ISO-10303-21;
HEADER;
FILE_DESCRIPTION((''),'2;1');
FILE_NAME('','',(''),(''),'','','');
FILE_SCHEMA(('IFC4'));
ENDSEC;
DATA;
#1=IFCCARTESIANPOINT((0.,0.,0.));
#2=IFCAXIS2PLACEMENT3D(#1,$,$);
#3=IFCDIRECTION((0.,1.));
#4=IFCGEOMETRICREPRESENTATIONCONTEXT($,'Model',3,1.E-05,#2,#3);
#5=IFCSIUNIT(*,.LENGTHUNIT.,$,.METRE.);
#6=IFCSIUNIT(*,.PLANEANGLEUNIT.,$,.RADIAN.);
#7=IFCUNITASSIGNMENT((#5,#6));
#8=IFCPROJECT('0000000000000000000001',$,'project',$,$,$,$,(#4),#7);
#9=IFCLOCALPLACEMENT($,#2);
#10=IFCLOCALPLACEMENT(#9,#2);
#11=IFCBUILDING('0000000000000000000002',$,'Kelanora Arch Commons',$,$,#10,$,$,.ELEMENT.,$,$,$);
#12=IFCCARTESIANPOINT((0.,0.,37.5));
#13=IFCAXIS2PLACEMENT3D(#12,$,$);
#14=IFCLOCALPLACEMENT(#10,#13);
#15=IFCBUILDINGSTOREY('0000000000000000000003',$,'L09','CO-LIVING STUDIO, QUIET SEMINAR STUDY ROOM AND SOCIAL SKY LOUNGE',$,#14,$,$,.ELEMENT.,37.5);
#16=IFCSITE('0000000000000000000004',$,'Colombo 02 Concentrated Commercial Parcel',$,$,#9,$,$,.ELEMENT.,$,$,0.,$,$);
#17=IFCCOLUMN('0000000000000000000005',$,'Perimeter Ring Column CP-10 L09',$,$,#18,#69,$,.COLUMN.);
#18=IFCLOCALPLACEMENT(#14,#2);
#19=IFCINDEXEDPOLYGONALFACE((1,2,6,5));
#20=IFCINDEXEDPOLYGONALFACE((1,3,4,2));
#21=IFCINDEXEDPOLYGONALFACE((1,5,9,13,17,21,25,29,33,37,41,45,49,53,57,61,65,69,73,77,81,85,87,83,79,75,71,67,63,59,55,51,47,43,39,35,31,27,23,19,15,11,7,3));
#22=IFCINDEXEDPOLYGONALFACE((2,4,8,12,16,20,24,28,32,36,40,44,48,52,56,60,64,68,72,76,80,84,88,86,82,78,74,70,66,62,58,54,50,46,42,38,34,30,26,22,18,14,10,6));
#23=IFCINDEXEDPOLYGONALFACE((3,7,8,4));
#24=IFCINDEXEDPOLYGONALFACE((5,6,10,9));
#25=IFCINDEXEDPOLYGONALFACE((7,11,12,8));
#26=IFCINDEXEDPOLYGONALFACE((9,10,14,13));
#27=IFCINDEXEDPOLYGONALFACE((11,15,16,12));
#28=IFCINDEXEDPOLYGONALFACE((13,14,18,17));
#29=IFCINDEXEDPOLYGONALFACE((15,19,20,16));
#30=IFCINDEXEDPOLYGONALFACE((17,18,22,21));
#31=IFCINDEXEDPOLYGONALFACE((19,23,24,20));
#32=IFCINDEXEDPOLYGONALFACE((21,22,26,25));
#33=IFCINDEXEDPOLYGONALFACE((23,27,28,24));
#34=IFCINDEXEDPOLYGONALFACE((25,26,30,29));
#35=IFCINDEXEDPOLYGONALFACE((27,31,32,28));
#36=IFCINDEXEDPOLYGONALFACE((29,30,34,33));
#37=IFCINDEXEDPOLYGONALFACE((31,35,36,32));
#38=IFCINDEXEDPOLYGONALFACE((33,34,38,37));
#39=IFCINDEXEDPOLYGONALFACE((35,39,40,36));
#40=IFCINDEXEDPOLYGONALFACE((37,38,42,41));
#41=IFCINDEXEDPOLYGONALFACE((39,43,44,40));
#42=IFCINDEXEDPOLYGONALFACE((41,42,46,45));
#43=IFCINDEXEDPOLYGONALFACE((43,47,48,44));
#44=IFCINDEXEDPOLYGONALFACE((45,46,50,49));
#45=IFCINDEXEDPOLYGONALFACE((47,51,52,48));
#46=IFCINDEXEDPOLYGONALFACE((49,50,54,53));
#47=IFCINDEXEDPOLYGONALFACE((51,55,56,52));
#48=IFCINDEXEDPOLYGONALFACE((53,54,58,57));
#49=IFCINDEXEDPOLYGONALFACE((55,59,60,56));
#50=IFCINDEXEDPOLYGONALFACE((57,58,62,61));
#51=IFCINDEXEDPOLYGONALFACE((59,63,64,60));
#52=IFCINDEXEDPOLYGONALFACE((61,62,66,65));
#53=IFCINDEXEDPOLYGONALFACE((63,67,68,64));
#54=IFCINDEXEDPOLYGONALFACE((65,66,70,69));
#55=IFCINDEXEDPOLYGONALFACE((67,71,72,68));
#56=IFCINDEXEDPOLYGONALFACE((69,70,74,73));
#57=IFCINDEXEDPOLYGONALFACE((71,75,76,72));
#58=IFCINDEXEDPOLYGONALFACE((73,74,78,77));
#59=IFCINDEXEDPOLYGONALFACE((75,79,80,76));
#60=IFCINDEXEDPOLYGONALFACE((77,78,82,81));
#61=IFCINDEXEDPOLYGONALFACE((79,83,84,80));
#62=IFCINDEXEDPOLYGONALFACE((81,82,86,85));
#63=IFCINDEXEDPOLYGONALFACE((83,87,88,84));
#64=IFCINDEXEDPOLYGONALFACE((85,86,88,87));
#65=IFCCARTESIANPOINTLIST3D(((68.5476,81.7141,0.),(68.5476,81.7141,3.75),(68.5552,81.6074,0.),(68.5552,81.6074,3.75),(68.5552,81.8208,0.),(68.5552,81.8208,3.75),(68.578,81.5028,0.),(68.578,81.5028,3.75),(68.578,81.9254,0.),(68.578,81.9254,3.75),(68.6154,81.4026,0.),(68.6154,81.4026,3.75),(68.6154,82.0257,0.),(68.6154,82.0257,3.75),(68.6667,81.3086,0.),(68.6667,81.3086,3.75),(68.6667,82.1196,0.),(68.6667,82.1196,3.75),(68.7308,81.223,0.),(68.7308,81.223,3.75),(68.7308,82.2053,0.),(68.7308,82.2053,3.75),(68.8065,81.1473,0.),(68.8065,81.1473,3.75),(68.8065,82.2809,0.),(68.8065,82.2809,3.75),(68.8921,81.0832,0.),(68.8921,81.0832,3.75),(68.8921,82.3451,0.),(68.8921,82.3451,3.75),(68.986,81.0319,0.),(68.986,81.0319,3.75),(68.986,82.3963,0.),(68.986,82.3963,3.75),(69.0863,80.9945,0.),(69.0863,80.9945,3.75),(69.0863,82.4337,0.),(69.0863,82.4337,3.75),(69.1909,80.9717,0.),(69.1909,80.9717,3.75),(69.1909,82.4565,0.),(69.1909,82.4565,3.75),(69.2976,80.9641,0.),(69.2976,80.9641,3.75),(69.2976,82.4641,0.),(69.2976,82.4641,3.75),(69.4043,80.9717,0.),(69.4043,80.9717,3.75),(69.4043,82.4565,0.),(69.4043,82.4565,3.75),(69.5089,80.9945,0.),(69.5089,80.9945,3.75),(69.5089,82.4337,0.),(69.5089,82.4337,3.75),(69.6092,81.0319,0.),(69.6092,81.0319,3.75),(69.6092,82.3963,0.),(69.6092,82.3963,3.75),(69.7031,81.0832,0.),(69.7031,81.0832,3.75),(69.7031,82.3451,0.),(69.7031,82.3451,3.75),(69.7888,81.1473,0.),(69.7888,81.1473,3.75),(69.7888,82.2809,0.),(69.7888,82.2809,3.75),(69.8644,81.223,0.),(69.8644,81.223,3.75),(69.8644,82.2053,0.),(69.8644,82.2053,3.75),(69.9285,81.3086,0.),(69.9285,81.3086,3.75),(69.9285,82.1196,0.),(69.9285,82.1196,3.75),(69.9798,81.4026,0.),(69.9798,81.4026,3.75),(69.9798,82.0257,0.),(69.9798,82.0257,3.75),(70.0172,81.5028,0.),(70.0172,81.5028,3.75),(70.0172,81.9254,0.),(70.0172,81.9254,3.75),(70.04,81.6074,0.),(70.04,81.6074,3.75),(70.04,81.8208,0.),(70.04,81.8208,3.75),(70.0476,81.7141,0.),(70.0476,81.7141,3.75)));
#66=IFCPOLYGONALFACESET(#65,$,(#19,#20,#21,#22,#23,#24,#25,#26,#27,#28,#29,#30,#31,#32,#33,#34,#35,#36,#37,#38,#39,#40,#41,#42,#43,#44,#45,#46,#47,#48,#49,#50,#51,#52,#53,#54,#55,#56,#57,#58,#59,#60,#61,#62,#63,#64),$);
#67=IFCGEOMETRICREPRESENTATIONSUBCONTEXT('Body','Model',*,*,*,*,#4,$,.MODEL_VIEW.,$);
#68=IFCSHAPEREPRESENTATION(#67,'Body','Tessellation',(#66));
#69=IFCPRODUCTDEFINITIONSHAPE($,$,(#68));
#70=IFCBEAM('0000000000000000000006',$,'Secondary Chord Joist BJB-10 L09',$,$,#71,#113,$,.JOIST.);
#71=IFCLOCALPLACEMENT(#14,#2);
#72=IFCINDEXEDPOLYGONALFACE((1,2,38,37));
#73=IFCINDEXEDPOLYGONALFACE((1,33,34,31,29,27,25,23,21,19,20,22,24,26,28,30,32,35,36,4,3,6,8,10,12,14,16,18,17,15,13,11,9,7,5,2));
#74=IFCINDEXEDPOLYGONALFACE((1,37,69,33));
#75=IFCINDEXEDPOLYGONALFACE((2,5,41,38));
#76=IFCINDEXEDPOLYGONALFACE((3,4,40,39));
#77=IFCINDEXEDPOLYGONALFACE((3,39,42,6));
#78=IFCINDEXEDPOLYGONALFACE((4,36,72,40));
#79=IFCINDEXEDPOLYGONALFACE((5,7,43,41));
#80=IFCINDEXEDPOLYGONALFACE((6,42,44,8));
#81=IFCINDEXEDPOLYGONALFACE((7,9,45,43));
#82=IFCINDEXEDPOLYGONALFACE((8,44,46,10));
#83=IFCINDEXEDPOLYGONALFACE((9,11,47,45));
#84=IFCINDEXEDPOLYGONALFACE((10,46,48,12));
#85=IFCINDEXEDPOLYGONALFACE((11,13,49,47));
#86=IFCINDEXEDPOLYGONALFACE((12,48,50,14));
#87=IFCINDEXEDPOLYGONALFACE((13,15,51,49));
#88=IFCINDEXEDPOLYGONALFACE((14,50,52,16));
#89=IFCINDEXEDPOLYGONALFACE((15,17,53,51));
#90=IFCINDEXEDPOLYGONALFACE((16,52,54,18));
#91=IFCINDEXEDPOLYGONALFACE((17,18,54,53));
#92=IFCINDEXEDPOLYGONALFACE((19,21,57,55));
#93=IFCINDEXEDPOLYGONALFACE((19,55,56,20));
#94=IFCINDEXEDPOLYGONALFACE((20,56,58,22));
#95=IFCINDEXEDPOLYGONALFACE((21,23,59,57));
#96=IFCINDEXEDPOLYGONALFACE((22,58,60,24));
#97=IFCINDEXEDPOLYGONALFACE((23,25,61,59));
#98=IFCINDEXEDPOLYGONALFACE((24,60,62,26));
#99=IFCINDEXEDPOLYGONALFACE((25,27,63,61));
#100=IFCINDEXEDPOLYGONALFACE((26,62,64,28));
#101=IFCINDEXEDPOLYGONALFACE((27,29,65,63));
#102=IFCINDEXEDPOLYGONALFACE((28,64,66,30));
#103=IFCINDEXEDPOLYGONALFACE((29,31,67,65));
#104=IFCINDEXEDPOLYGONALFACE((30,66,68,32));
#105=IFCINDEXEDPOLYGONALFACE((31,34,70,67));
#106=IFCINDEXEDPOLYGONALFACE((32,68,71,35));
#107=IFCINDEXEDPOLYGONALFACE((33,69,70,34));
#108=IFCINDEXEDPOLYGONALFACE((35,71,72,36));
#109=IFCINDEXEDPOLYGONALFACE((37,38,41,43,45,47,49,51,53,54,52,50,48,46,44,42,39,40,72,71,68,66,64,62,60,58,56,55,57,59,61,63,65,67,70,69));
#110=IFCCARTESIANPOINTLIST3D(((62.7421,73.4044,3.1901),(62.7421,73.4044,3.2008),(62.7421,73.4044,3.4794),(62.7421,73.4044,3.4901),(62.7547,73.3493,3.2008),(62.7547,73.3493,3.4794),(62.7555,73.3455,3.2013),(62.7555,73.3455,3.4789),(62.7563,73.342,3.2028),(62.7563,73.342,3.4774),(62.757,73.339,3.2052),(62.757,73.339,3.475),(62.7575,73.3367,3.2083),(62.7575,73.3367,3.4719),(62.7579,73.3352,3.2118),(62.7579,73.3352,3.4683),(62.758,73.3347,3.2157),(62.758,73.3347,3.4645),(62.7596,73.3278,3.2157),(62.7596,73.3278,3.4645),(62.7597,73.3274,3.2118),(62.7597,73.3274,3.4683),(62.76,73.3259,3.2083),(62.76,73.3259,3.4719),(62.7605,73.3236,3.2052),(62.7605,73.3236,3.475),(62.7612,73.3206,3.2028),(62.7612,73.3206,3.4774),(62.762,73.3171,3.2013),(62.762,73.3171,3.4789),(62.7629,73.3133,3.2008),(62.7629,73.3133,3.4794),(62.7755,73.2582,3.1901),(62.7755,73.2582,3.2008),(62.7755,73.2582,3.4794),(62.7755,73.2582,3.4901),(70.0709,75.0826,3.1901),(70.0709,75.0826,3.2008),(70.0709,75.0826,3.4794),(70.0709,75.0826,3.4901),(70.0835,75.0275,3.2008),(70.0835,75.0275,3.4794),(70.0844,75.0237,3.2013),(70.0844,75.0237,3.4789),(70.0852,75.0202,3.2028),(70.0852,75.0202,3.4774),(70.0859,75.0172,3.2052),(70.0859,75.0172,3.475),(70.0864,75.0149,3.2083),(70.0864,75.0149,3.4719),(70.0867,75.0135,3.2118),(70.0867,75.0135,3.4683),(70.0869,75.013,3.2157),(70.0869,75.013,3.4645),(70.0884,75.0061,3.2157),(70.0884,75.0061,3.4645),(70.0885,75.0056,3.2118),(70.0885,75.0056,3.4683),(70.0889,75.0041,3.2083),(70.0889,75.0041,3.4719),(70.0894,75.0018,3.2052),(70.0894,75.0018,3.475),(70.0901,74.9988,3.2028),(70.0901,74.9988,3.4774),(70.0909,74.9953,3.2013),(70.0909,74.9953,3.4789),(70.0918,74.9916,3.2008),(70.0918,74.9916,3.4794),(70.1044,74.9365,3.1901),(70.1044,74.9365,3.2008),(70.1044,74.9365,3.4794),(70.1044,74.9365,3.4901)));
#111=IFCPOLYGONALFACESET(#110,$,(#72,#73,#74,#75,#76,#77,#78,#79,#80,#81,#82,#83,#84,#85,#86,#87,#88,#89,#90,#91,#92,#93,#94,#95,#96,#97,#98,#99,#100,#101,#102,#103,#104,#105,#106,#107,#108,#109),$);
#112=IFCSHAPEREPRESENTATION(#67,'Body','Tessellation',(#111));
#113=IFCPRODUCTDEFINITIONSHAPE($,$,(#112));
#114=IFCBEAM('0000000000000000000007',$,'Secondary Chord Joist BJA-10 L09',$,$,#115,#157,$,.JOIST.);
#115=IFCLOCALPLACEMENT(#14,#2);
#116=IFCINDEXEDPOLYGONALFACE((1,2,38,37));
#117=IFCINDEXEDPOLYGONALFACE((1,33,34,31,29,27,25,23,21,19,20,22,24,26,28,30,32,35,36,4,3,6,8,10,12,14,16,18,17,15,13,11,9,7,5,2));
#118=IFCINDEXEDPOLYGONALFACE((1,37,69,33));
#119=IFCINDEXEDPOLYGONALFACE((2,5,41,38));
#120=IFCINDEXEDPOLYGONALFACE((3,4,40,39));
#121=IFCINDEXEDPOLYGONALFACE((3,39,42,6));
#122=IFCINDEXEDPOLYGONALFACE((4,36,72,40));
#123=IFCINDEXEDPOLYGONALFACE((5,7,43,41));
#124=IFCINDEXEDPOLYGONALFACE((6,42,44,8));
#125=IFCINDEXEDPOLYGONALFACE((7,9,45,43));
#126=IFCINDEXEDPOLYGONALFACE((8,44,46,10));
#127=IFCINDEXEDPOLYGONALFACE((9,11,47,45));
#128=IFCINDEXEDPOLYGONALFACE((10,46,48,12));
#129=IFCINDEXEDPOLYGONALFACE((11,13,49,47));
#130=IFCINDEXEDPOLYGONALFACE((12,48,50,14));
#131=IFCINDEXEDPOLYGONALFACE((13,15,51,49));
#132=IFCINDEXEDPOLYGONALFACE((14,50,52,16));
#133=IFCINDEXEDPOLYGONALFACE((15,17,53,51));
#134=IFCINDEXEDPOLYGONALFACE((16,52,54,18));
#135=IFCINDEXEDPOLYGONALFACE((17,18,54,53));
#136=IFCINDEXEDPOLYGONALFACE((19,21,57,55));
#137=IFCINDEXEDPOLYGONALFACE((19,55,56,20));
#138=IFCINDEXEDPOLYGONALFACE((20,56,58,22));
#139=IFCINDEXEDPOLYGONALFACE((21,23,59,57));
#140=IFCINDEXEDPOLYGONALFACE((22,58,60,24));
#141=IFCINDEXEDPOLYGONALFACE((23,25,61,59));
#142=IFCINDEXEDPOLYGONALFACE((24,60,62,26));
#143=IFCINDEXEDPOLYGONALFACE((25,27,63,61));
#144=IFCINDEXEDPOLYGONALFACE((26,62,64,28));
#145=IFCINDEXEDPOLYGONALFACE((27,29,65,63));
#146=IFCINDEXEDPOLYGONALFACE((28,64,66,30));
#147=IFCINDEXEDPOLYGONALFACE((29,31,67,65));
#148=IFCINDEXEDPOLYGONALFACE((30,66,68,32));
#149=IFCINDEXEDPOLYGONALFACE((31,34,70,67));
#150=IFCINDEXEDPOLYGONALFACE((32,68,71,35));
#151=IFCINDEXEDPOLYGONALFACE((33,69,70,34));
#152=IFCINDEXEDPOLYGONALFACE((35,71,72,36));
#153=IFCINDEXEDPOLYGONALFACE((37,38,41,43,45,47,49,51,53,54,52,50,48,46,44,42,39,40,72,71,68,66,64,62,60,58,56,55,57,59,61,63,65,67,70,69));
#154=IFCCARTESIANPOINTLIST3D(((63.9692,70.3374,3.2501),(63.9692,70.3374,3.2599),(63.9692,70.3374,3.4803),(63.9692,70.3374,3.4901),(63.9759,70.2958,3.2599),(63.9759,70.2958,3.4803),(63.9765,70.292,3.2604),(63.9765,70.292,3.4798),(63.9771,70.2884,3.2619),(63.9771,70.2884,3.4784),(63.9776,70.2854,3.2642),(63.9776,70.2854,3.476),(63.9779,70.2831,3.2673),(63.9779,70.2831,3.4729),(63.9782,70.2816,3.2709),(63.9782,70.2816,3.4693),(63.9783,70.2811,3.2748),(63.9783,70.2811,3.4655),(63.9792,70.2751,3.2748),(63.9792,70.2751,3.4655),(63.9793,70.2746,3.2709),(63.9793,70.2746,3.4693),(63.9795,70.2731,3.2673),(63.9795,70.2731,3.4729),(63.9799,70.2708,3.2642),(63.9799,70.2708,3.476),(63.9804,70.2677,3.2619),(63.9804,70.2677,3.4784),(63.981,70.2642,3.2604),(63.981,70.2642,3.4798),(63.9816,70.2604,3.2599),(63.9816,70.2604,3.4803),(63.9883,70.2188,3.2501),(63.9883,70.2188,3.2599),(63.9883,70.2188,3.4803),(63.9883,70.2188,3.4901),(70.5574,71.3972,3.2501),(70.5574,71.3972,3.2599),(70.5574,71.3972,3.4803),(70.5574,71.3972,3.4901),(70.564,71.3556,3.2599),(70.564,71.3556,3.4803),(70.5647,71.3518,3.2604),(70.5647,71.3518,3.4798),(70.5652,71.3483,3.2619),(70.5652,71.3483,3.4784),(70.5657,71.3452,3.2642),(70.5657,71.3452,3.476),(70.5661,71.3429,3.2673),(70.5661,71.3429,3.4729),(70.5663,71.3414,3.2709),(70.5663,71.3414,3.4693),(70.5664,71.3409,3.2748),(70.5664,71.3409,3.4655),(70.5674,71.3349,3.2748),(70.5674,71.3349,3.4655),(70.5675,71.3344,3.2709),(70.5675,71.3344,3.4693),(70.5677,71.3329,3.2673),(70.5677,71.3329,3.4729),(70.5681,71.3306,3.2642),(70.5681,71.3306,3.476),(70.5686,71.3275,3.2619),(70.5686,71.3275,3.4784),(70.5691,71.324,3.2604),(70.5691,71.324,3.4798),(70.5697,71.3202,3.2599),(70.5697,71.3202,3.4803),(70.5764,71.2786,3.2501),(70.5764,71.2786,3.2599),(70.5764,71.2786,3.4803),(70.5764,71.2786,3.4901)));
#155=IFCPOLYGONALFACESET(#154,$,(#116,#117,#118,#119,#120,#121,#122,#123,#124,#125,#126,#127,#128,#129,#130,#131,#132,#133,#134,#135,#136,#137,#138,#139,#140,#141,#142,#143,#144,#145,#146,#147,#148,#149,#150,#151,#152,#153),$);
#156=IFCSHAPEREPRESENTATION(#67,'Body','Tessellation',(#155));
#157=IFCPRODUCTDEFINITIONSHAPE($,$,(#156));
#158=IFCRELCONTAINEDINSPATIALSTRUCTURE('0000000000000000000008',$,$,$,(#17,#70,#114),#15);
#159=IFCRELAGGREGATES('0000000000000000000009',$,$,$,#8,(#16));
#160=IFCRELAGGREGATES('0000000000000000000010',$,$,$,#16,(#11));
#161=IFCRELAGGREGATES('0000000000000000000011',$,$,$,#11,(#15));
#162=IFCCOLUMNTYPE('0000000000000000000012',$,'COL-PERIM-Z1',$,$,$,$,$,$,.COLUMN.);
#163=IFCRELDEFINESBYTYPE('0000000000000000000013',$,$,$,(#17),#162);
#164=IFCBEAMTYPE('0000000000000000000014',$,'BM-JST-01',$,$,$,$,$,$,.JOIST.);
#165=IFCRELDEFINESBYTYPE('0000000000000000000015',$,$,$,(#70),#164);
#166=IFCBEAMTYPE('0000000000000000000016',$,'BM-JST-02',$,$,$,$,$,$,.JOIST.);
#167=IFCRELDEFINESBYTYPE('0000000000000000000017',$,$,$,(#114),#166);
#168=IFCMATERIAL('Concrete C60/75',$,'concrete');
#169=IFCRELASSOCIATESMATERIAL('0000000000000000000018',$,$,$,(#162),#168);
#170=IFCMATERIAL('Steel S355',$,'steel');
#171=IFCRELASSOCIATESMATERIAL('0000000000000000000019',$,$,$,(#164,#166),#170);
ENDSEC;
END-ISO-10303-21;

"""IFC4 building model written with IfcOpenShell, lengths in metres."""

from ifc_helpers import new_model, si_unit, direction, frame, origin, origin_2d, place, context, subcontext, project, spatial, circle, i_section, extrude, material, material_profile, profile_set, type_object, element, save


model = new_model("IFC4")

# Units and contexts
model_context = context("Model", 3, precision=1e-05, world=origin(), true_north=direction((0.0, 1.0)))
body_context = subcontext(model_context, "Body", "Model", "MODEL_VIEW")
ifc_project = project(units=[si_unit("LENGTHUNIT", "METRE"), si_unit("PLANEANGLEUNIT", "RADIAN")], contexts=[model_context])

# Site, building, storey
site_placement = place(None, origin())
site = spatial("IfcSite", under=ifc_project, at=site_placement, Name="Colombo 02 Concentrated Commercial Parcel", CompositionType="ELEMENT", RefElevation=0.0)
building_placement = place(site_placement, origin())
building = spatial("IfcBuilding", under=site, at=building_placement, Name="Kelanora Arch Commons", CompositionType="ELEMENT")
storey_placement = place(building_placement, frame((0.0, 0.0, 37.5)))
storey = spatial("IfcBuildingStorey", under=building, at=storey_placement, Name="L09", Description="CO-LIVING STUDIO, QUIET SEMINAR STUDY ROOM AND SOCIAL SKY LOUNGE", CompositionType="ELEMENT", Elevation=37.5)

# Column
ifc_material_1 = material(Name="Concrete C60/75", Category="concrete")
ifc_material_profile_1 = material_profile(ifc_material_1, circle(Radius=0.75, at=origin_2d()), Name="RCC1500")
ifc_profile_set_1 = profile_set([ifc_material_profile_1], Name="Concrete C60/75")
column_type = type_object("IfcColumnType", Name="COL-PERIM-Z1", PredefinedType="COLUMN", material=ifc_profile_set_1)
column_placement = place(storey_placement, frame((69.2976, 81.7141, 0.0), z_axis=(0.0, 0.0, 1.0), x_axis=(1.0, 0.0, 0.0)))
element("IfcColumn", 1, at=column_placement, inside=storey, type_object=column_type, Name="Perimeter Ring Column CP-10 L09", PredefinedType="COLUMN", context=body_context, shape_type="SweptSolid", body=[
    extrude(circle(Radius=0.75, at=origin_2d()), origin(), (0.0, 0.0, 1.0), 3.75),
])

# Beams
ifc_material_2 = material(Name="Steel S355", Category="steel")
ifc_material_profile_2 = material_profile(ifc_material_2, i_section(OverallWidth=0.1499, OverallDepth=0.3, WebThickness=0.0071, FlangeThickness=0.0107, FilletRadius=0.0149, at=origin_2d()), Name="IPE300")
ifc_profile_set_2 = profile_set([ifc_material_profile_2], Name="Steel S355")
beam_type_1 = type_object("IfcBeamType", Name="BM-JST-01", PredefinedType="JOIST", material=ifc_profile_set_2)
beam_1_placement = place(storey_placement, frame((70.0876, 75.0095, 3.3401), z_axis=(-0.97477, -0.223211, 0.0), x_axis=(0.223211, -0.97477, 0.0)))
element("IfcBeam", 2, at=beam_1_placement, inside=storey, type_object=beam_type_1, Name="Secondary Chord Joist BJB-10 L09", PredefinedType="JOIST", context=body_context, shape_type="SweptSolid", body=[
    extrude(i_section(OverallWidth=0.1499, OverallDepth=0.3, WebThickness=0.0071, FlangeThickness=0.0107, FilletRadius=0.0149, at=origin_2d()), origin(), (0.0, 0.0, 1.0), 7.5186),
])
ifc_material_profile_3 = material_profile(ifc_material_2, i_section(OverallWidth=0.1201, OverallDepth=0.24, WebThickness=0.0061, FlangeThickness=0.0098, FilletRadius=0.0149, at=origin_2d()), Name="IPE240")
ifc_profile_set_3 = profile_set([ifc_material_profile_3], Name="Steel S355")
beam_type_2 = type_object("IfcBeamType", Name="BM-JST-02", PredefinedType="JOIST", material=ifc_profile_set_3)
beam_2_placement = place(storey_placement, frame((70.5669, 71.3379, 3.3701), z_axis=(-0.987307, -0.158825, 0.0), x_axis=(0.158825, -0.987307, 0.0)))
element("IfcBeam", 3, at=beam_2_placement, inside=storey, type_object=beam_type_2, Name="Secondary Chord Joist BJA-10 L09", PredefinedType="JOIST", context=body_context, shape_type="SweptSolid", body=[
    extrude(i_section(OverallWidth=0.1201, OverallDepth=0.24, WebThickness=0.0061, FlangeThickness=0.0098, FilletRadius=0.0149, at=origin_2d()), origin(), (0.0, 0.0, 1.0), 6.6729),
])

save(model, "model.ifc")
